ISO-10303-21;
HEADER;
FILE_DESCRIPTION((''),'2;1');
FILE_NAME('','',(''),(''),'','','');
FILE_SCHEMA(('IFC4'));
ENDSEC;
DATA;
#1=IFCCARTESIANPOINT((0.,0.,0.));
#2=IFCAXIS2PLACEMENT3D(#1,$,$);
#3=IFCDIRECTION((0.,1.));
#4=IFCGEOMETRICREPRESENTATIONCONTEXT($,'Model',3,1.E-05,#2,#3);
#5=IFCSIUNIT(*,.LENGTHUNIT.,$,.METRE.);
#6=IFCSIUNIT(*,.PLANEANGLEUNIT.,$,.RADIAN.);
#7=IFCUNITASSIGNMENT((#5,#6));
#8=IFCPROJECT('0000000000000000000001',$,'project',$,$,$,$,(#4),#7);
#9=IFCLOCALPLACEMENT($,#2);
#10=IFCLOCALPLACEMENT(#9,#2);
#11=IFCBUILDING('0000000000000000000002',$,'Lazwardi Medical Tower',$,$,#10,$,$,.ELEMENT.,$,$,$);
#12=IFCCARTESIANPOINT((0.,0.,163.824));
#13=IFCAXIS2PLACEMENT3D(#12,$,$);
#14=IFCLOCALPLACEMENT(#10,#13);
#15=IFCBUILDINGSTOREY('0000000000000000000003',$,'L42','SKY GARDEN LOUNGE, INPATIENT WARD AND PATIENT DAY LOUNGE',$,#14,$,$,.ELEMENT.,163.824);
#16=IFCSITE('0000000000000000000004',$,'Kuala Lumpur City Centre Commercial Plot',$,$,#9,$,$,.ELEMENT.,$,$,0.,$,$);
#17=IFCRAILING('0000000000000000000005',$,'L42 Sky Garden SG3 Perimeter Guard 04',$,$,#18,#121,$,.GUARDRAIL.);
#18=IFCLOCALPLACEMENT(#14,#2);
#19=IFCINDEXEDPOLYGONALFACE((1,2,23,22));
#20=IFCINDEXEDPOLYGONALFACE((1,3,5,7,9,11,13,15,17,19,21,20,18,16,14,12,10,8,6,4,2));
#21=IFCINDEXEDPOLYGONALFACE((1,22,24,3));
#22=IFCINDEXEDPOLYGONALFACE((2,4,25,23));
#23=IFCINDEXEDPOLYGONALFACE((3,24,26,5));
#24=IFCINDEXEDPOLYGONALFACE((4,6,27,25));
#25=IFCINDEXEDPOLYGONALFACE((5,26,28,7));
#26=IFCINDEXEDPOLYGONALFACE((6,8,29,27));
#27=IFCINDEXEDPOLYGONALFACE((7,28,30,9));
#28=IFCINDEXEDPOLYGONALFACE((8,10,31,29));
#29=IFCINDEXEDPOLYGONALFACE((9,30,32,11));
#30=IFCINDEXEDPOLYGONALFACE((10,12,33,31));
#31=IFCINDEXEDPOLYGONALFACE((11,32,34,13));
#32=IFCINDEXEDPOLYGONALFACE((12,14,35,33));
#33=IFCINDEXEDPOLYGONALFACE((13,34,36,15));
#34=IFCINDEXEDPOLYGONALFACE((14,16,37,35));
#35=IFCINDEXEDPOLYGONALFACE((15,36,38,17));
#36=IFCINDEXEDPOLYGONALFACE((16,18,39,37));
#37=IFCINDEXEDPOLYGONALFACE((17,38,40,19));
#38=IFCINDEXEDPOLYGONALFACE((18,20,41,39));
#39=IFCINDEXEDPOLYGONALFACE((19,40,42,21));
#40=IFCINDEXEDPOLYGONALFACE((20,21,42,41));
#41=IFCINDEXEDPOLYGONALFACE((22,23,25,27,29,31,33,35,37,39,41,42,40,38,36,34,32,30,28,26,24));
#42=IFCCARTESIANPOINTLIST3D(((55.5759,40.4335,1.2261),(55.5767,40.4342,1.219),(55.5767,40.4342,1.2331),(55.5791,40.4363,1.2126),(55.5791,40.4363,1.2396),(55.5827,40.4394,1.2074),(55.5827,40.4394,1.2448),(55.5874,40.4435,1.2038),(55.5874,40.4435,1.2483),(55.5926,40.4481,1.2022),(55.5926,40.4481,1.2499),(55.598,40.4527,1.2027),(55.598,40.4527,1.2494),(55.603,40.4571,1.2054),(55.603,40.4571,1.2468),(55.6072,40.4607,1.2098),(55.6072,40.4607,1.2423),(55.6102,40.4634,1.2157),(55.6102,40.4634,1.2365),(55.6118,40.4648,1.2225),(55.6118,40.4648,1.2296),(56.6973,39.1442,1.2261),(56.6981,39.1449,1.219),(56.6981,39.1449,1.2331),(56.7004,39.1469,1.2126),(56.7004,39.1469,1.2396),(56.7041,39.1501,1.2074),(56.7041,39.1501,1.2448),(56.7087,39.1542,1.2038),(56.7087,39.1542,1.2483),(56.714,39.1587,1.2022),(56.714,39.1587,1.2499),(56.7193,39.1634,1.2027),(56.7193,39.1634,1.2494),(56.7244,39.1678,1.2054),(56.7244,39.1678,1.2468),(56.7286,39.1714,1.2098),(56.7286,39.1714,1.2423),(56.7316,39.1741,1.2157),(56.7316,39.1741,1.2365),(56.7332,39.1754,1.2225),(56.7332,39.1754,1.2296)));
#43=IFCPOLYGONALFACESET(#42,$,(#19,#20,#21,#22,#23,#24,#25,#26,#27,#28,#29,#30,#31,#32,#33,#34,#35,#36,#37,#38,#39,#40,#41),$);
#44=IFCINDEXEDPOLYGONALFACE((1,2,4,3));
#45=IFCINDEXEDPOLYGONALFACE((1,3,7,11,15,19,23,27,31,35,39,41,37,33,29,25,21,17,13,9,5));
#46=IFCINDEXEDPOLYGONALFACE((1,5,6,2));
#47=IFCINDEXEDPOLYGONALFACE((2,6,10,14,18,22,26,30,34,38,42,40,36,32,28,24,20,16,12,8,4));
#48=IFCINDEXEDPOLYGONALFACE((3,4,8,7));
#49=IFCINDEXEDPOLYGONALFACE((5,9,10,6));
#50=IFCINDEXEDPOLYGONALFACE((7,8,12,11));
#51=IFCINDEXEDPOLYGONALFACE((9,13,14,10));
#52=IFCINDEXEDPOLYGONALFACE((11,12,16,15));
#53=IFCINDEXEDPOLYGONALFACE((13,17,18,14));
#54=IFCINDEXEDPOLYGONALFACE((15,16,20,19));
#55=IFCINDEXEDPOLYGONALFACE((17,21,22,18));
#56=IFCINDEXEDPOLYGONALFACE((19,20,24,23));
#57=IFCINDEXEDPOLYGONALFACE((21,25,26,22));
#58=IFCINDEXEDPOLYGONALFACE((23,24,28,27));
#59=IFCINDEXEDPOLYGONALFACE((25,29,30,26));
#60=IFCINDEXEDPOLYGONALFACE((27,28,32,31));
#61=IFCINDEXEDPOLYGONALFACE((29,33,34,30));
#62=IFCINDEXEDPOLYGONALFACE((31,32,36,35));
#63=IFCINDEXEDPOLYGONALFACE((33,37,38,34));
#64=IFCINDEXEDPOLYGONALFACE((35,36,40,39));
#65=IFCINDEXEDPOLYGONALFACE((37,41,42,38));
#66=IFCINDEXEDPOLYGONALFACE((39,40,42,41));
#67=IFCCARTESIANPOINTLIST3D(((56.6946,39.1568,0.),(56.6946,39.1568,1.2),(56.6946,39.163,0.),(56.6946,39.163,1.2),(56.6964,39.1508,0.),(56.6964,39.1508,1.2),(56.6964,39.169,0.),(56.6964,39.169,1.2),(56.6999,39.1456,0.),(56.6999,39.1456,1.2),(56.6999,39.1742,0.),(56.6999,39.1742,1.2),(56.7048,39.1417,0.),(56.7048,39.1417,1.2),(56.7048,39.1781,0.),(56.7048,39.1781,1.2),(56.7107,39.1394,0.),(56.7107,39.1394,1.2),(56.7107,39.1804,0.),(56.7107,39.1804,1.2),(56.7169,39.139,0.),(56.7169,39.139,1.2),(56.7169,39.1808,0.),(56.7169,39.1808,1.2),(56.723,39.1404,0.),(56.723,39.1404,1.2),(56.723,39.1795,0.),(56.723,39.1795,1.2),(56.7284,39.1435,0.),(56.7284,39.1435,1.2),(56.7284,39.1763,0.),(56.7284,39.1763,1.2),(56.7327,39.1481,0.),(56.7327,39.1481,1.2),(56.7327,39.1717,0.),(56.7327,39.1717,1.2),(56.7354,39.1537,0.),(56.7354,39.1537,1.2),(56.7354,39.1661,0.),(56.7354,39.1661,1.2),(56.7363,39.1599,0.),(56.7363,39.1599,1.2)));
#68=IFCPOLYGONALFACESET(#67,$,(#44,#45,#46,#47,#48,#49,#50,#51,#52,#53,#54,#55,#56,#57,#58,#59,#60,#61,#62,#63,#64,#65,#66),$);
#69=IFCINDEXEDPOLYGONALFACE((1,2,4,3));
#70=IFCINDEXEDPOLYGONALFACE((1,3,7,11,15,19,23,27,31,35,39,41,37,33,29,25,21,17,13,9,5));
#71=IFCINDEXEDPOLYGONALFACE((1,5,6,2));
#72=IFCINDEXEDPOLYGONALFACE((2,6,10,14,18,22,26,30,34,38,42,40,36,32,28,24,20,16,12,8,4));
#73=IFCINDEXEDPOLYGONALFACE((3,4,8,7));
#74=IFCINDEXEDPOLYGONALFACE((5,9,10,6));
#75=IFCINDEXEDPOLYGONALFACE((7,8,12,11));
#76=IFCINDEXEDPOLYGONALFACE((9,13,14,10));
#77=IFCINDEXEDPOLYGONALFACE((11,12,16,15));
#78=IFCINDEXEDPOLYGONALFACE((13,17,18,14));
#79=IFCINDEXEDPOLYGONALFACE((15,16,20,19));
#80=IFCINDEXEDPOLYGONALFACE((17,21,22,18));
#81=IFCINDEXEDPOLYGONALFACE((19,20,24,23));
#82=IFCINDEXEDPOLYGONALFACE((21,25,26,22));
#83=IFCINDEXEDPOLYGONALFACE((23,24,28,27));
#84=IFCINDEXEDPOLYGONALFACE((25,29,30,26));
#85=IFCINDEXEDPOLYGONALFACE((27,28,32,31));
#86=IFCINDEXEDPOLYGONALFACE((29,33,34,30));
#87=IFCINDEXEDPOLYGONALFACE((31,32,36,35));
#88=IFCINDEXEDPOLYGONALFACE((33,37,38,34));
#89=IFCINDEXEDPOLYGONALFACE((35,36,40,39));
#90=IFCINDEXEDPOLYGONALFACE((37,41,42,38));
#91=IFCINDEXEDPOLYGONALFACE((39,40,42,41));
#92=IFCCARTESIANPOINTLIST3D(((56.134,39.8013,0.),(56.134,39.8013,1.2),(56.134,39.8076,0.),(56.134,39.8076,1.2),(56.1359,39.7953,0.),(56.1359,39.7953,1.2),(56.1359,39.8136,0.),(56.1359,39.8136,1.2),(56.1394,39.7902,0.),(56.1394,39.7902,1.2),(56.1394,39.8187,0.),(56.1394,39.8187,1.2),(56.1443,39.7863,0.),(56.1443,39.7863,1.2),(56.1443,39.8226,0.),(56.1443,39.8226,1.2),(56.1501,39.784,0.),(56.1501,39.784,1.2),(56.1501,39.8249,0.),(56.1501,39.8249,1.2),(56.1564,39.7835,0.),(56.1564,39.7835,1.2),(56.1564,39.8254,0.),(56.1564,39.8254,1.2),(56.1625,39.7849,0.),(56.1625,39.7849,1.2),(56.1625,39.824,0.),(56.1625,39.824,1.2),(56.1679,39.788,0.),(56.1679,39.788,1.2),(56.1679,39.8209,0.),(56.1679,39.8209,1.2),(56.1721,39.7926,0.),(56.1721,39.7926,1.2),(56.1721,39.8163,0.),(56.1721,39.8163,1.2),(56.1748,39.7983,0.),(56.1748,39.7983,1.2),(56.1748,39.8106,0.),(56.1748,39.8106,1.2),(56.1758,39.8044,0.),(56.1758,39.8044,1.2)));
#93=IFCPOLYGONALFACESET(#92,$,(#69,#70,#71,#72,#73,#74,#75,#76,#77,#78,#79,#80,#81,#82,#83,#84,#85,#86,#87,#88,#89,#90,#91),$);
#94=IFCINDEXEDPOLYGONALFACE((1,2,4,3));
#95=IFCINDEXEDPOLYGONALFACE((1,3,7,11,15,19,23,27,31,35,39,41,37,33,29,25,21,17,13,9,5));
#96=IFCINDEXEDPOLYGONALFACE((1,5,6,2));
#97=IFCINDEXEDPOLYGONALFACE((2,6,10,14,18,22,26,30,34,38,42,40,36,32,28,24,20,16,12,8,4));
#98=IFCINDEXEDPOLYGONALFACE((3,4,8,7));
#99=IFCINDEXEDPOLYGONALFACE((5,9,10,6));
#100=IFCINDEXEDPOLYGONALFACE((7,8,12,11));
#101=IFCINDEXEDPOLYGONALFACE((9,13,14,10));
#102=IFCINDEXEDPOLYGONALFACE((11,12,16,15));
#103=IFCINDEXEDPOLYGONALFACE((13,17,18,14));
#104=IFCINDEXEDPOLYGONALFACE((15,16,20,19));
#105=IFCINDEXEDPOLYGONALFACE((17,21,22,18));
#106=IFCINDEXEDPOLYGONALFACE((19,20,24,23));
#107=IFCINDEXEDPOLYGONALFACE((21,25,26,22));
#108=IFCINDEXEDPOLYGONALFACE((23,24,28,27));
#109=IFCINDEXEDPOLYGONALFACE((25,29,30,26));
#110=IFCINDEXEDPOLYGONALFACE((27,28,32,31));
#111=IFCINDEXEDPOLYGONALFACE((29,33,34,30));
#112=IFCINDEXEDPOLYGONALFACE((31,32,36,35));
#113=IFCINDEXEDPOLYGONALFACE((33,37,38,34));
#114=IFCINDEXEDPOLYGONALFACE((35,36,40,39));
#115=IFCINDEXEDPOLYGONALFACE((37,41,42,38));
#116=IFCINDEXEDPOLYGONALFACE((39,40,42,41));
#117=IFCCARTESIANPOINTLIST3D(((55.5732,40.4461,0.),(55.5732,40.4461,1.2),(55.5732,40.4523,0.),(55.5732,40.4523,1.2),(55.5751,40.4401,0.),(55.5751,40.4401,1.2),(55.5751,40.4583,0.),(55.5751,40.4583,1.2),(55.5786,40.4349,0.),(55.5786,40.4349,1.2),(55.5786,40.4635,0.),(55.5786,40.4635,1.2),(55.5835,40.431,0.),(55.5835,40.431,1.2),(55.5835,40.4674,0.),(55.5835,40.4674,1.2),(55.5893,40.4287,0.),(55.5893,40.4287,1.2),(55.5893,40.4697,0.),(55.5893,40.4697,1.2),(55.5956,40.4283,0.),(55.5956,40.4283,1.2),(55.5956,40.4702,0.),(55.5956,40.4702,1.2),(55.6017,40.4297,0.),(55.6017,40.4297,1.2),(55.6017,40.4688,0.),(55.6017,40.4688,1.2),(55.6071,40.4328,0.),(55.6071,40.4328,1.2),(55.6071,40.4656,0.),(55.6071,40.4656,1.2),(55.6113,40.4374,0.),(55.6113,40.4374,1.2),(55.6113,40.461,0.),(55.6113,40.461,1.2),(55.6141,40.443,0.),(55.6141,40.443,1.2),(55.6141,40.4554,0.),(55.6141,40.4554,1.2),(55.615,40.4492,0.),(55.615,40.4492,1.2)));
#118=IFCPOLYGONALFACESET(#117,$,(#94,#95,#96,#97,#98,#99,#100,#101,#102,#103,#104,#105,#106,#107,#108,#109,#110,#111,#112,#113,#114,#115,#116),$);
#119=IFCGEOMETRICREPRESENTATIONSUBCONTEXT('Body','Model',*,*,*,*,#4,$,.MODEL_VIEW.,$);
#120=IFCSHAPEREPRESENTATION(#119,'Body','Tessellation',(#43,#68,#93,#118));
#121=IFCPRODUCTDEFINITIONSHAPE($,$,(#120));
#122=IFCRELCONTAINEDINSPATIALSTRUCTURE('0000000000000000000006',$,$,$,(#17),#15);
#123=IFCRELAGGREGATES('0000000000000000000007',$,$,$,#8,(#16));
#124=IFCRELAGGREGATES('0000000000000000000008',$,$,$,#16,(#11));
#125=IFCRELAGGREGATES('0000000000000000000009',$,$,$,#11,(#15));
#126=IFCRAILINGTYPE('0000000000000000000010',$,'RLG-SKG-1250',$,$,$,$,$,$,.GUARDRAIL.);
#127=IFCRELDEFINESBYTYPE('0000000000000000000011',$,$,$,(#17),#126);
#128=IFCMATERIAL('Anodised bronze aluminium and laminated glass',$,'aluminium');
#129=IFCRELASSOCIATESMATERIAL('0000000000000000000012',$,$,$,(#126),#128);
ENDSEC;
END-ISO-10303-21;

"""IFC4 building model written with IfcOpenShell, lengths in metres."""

from ifc_helpers import new_model, si_unit, direction, frame, origin, origin_2d, place, context, subcontext, project, spatial, circle, extrude, material, type_object, element, save


model = new_model("IFC4")

# Units and contexts
model_context = context("Model", 3, precision=1e-05, world=origin(), true_north=direction((0.0, 1.0)))
body_context = subcontext(model_context, "Body", "Model", "MODEL_VIEW")
ifc_project = project(units=[si_unit("LENGTHUNIT", "METRE"), si_unit("PLANEANGLEUNIT", "RADIAN")], contexts=[model_context])

# Site, building, storey
site_placement = place(None, origin())
site = spatial("IfcSite", under=ifc_project, at=site_placement, Name="Kuala Lumpur City Centre Commercial Plot", CompositionType="ELEMENT", RefElevation=0.0)
building_placement = place(site_placement, origin())
building = spatial("IfcBuilding", under=site, at=building_placement, Name="Lazwardi Medical Tower", CompositionType="ELEMENT")
storey_placement = place(building_placement, frame((0.0, 0.0, 163.824)))
storey = spatial("IfcBuildingStorey", under=building, at=storey_placement, Name="L42", Description="SKY GARDEN LOUNGE, INPATIENT WARD AND PATIENT DAY LOUNGE", CompositionType="ELEMENT", Elevation=163.824)

# Railing
ifc_material_1 = material(Name="Anodised bronze aluminium and laminated glass", Category="aluminium")
railing_type = type_object("IfcRailingType", Name="RLG-SKG-1250", PredefinedType="GUARDRAIL", material=ifc_material_1)
railing_1_placement = place(storey_placement, frame((56.7153, 39.1599, 0.0)))
element("IfcRailing", 1, at=railing_1_placement, inside=storey, type_object=railing_type, Name="L42 Sky Garden SG3 Perimeter Guard 04", PredefinedType="GUARDRAIL", context=body_context, shape_type="SweptSolid", body=[
    extrude(circle(Radius=0.0239, at=origin_2d()), frame((0.0, 0.0, 1.2261), z_axis=(-0.656246, 0.754547, 0.0), x_axis=(-0.754547, -0.656246, 0.0)), (0.0, 0.0, 1.0), 1.7087),
    extrude(circle(Radius=0.021, at=origin_2d()), origin(), (0.0, 0.0, 1.0), 1.2),
    extrude(circle(Radius=0.021, at=origin_2d()), frame((-0.5605, 0.6445, 0.0)), (0.0, 0.0, 1.0), 1.2),
    extrude(circle(Radius=0.021, at=origin_2d()), frame((-1.1213, 1.2893, 0.0)), (0.0, 0.0, 1.0), 1.2),
])

save(model, "model.ifc")
